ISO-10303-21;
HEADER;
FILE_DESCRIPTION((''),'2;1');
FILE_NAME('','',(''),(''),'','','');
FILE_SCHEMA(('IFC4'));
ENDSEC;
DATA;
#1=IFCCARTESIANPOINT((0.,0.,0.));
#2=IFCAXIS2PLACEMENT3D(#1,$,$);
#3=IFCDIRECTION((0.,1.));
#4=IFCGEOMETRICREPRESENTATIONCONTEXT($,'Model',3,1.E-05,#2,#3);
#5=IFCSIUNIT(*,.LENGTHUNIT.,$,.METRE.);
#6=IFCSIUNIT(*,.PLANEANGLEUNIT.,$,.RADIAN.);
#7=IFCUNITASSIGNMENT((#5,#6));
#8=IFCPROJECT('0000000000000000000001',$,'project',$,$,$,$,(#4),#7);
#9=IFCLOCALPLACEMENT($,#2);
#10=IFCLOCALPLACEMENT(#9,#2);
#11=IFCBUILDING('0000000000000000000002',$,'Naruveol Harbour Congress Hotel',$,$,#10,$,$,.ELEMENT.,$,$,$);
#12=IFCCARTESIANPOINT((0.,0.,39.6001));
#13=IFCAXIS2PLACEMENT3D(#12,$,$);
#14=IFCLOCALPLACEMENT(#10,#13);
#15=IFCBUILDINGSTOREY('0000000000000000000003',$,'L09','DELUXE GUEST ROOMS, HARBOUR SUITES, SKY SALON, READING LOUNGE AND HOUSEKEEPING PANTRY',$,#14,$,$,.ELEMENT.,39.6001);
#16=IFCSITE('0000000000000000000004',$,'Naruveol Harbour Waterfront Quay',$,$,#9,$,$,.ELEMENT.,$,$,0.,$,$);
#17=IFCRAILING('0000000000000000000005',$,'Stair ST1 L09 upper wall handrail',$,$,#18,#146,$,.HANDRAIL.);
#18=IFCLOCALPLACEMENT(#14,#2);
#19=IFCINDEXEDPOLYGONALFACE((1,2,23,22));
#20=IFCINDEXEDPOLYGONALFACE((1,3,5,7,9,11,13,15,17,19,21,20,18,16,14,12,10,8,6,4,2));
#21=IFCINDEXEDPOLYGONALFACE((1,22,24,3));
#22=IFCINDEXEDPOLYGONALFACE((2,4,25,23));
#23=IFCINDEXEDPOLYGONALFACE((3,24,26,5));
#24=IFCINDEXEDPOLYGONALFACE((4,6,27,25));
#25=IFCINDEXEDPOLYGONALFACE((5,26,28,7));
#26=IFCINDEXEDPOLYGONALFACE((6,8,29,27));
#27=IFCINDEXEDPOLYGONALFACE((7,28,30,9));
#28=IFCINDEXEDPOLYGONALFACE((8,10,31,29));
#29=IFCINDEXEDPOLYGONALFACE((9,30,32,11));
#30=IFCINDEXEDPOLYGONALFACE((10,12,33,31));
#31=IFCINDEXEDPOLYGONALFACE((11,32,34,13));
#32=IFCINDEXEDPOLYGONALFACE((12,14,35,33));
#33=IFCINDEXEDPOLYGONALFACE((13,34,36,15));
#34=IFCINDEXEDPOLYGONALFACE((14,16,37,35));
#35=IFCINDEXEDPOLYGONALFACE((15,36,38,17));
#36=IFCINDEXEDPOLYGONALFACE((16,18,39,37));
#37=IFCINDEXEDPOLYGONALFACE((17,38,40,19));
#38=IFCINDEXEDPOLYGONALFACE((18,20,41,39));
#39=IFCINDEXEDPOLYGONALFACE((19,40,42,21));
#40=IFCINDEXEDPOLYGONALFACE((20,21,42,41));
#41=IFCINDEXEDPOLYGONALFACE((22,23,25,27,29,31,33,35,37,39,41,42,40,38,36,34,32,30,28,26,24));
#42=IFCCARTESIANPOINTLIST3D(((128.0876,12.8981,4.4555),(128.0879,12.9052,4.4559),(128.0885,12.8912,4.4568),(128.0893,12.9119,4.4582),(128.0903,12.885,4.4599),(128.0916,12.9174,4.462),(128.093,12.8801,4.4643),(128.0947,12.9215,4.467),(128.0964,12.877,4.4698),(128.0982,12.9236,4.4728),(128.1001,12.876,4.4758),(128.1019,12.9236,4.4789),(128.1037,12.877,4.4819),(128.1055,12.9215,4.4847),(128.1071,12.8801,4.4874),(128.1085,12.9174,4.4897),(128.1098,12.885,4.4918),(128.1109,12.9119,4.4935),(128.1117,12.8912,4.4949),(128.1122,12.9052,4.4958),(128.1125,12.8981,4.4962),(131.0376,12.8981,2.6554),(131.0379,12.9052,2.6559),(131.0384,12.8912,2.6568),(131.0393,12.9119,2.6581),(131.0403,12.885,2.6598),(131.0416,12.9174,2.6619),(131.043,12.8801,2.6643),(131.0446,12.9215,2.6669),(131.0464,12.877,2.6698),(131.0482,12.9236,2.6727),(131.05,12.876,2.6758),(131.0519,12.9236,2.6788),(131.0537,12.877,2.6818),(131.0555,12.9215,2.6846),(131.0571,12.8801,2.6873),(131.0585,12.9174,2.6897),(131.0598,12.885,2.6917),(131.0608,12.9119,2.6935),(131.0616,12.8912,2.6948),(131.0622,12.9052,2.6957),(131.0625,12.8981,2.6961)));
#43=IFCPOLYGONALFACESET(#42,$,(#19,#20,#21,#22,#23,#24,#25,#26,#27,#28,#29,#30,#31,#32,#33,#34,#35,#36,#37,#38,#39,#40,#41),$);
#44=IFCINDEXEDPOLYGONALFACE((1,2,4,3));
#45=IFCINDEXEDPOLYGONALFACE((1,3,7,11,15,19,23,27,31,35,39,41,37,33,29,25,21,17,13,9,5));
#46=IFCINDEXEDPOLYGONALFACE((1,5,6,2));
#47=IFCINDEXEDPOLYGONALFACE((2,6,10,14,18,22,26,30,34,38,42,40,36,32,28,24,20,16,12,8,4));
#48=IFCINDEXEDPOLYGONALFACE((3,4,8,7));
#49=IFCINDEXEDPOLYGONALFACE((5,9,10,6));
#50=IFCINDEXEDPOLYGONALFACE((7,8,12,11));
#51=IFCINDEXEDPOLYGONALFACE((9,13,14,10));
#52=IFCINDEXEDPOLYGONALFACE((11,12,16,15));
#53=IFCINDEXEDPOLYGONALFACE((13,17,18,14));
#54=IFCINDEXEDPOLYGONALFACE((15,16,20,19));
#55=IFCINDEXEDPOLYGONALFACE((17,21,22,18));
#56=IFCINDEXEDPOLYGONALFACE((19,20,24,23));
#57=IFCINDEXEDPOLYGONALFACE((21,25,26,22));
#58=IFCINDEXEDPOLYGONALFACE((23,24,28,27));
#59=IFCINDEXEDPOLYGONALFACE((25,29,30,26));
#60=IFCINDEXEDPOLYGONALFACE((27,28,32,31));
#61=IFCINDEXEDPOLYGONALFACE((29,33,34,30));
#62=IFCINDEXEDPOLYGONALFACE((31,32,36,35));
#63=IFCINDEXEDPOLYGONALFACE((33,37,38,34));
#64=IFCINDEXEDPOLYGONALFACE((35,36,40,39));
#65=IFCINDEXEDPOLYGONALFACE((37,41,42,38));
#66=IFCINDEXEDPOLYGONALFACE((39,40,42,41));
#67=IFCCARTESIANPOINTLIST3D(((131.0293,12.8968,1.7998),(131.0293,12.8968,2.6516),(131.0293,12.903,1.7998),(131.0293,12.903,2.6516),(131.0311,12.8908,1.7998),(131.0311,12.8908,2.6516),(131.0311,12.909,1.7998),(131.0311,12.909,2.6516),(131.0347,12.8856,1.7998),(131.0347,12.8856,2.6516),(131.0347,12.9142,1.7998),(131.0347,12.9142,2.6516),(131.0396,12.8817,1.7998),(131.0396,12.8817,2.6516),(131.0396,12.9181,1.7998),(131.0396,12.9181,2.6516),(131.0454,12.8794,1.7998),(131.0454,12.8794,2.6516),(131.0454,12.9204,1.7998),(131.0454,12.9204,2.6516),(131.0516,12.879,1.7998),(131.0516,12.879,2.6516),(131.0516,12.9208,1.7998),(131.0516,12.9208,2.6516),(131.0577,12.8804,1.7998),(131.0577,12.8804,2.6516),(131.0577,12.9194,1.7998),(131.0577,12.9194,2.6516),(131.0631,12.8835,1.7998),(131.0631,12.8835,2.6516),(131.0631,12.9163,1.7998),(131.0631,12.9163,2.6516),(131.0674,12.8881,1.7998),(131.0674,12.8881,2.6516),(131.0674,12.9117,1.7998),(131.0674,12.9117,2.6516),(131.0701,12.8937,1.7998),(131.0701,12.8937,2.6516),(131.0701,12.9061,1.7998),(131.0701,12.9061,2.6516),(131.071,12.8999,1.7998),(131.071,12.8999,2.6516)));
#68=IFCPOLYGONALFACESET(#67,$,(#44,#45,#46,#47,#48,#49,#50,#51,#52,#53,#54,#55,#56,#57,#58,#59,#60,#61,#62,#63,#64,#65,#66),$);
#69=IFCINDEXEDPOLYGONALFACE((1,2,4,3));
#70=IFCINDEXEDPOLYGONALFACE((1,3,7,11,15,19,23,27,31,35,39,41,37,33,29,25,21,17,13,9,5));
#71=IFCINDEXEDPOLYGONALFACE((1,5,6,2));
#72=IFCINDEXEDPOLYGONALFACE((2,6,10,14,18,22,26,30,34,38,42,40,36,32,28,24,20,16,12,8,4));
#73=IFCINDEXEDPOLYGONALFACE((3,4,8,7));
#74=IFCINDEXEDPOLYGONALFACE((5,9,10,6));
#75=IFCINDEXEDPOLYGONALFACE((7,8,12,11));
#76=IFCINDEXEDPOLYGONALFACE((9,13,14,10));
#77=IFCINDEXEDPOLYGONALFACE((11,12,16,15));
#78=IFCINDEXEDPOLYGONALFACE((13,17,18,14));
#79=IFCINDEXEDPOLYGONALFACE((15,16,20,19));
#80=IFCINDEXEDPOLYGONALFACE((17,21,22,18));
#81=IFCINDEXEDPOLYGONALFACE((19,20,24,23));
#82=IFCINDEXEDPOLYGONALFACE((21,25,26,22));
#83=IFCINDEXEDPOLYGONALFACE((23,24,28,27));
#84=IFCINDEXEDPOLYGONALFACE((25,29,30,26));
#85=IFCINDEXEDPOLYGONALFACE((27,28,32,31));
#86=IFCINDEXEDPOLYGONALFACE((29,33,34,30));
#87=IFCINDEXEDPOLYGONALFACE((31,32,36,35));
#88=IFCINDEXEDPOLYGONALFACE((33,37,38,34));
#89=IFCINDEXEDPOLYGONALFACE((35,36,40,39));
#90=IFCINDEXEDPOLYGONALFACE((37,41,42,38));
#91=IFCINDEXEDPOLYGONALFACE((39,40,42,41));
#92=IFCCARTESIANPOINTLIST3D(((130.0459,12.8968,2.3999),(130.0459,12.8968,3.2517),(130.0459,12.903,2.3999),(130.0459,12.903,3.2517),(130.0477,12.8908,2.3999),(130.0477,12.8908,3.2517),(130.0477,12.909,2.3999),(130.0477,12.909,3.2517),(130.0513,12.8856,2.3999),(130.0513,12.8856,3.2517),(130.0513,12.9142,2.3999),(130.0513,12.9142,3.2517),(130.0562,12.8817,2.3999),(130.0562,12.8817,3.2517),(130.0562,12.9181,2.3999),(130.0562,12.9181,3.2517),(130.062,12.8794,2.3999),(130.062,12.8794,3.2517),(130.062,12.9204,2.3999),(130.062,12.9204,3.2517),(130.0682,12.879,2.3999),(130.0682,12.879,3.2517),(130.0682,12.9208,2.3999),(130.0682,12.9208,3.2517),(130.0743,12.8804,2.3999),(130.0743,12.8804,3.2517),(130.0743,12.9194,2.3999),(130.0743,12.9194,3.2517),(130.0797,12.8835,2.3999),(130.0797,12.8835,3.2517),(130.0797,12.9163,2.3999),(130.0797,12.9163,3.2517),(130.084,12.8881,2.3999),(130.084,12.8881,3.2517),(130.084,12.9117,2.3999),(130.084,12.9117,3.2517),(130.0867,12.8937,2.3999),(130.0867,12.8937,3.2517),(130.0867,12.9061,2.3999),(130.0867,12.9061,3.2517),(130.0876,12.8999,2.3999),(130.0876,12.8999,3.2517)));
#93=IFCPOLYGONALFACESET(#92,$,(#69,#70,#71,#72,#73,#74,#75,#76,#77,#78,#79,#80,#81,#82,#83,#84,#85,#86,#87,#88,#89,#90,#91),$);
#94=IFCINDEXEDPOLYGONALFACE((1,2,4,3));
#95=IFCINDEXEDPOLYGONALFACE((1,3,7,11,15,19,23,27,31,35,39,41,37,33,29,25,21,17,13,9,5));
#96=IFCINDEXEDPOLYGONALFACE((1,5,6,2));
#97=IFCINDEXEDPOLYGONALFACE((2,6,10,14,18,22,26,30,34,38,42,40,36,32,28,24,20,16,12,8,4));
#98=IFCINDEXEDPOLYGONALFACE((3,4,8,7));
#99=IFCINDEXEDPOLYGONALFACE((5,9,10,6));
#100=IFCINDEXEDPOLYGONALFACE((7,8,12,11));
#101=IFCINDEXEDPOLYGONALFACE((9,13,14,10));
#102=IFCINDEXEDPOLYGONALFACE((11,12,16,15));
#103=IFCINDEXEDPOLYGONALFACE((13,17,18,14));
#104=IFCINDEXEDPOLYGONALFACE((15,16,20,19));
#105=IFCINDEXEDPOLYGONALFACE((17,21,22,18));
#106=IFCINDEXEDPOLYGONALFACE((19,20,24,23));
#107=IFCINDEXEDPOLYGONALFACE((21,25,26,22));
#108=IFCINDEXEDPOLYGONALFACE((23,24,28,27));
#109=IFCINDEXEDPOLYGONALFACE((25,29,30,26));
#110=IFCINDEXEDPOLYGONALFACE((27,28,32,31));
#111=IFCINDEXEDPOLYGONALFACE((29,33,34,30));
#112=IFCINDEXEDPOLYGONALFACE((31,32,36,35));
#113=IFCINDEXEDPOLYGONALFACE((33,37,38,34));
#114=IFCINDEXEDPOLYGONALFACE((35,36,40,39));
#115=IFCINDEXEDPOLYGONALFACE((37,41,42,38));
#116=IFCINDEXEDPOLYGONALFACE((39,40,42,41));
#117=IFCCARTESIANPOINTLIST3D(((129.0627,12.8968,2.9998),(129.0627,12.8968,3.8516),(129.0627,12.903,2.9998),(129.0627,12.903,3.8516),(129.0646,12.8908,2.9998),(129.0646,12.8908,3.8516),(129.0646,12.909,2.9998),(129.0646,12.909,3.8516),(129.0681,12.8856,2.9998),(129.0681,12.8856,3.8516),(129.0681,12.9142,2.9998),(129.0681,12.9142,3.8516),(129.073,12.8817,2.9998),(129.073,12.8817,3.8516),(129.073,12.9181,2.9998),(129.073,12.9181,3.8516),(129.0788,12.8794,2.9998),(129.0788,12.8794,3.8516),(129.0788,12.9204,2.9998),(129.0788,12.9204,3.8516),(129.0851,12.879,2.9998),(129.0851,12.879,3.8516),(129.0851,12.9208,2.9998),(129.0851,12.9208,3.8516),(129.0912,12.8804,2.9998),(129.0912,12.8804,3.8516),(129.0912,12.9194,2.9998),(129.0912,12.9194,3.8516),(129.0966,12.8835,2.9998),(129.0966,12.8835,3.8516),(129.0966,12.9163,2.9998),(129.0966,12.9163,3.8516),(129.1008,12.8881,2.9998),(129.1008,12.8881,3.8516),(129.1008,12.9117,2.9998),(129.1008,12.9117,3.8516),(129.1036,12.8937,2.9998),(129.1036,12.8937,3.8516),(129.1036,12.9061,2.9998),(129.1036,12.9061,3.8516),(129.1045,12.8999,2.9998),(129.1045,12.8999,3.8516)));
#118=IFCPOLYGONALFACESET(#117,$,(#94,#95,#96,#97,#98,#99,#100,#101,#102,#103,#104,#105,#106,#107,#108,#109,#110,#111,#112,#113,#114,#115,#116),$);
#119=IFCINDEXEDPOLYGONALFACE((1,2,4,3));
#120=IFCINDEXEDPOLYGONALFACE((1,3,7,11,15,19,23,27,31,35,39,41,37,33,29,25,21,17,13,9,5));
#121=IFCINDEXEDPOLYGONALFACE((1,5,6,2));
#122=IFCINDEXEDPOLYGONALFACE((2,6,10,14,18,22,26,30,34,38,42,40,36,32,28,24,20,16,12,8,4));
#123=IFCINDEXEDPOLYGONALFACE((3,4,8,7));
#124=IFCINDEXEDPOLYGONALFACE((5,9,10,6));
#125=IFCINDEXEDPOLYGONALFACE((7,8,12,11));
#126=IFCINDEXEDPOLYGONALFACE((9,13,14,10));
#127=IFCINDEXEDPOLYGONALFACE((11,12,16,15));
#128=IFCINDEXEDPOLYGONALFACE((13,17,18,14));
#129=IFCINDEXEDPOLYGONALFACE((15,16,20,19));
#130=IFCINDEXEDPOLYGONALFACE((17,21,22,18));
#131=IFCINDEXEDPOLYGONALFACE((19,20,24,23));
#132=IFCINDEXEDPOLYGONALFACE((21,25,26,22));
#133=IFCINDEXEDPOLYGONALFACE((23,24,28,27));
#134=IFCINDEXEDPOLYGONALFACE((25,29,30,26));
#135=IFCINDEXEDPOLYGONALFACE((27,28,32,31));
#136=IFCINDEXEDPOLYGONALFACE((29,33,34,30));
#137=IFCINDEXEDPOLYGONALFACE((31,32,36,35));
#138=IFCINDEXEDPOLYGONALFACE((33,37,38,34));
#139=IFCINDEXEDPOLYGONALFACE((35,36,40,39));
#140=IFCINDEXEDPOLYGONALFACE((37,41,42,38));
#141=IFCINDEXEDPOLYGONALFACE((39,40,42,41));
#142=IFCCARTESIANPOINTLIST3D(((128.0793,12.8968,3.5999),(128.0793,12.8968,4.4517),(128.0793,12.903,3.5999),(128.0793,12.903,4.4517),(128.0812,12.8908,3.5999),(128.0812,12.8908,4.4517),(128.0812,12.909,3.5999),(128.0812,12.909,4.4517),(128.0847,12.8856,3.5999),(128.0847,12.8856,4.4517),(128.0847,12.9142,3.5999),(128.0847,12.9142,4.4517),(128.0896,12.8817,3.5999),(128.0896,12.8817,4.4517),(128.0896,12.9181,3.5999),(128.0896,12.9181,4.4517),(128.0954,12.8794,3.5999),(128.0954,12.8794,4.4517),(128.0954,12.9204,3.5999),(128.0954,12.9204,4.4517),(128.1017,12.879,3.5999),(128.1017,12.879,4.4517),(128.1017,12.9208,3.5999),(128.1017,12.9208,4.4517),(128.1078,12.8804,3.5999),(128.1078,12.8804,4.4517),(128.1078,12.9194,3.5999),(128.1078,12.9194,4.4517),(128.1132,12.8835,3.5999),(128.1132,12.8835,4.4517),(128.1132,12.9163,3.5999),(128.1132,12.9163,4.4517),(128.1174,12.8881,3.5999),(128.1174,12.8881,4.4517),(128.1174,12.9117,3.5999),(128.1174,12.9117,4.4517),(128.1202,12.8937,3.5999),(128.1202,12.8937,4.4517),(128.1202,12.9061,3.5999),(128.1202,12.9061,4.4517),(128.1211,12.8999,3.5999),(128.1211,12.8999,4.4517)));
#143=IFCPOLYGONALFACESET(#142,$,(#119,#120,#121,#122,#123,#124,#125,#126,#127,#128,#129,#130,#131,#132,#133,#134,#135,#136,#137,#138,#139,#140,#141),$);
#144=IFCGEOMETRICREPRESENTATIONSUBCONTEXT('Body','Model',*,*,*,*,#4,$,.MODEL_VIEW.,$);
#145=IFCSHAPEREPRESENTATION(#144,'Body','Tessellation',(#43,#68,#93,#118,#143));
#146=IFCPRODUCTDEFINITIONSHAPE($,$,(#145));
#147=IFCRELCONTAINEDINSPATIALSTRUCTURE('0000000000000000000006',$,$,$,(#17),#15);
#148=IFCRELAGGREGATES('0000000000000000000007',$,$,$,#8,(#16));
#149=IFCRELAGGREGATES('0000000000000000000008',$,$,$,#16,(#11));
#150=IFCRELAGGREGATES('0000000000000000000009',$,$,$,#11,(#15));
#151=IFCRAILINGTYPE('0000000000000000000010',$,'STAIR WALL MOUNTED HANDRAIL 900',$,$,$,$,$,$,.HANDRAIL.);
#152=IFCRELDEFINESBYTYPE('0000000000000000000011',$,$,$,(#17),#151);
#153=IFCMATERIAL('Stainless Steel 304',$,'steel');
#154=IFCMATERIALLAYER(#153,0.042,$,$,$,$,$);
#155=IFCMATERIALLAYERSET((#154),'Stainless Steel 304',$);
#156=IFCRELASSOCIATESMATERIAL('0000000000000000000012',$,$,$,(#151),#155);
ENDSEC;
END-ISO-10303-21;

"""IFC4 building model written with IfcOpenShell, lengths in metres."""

from ifc_helpers import new_model, si_unit, direction, frame, origin, origin_2d, place, context, subcontext, project, spatial, circle, extrude, material, layer, layer_set, type_object, element, save


model = new_model("IFC4")

# Units and contexts
model_context = context("Model", 3, precision=1e-05, world=origin(), true_north=direction((0.0, 1.0)))
body_context = subcontext(model_context, "Body", "Model", "MODEL_VIEW")
ifc_project = project(units=[si_unit("LENGTHUNIT", "METRE"), si_unit("PLANEANGLEUNIT", "RADIAN")], contexts=[model_context])

# Site, building, storey
site_placement = place(None, origin())
site = spatial("IfcSite", under=ifc_project, at=site_placement, Name="Naruveol Harbour Waterfront Quay", CompositionType="ELEMENT", RefElevation=0.0)
building_placement = place(site_placement, origin())
building = spatial("IfcBuilding", under=site, at=building_placement, Name="Naruveol Harbour Congress Hotel", CompositionType="ELEMENT")
storey_placement = place(building_placement, frame((0.0, 0.0, 39.6001)))
storey = spatial("IfcBuildingStorey", under=building, at=storey_placement, Name="L09", Description="DELUXE GUEST ROOMS, HARBOUR SUITES, SKY SALON, READING LOUNGE AND HOUSEKEEPING PANTRY", CompositionType="ELEMENT", Elevation=39.6001)

# Railing
ifc_material_1 = material(Name="Stainless Steel 304", Category="steel")
ifc_layer_1 = layer(ifc_material_1, 0.042)
ifc_layer_set_1 = layer_set([ifc_layer_1], Name="Stainless Steel 304")
railing_type_1 = type_object("IfcRailingType", Name="STAIR WALL MOUNTED HANDRAIL 900", PredefinedType="HANDRAIL", material=ifc_layer_set_1)
railing_1_placement = place(storey_placement, frame((131.05, 12.8999, 1.7998)))
element("IfcRailing", 1, at=railing_1_placement, inside=storey, type_object=railing_type_1, Name="Stair ST1 L09 upper wall handrail", PredefinedType="HANDRAIL", context=body_context, shape_type="SweptSolid", body=[
    extrude(circle(Radius=0.0239, at=origin_2d()), frame((0.0, 0.0, 0.876), z_axis=(-0.853629, 0.0, 0.520881), x_axis=(0.0, -1.0, 0.0)), (0.0, 0.0, 1.0), 3.4558),
    extrude(circle(Radius=0.021, at=origin_2d()), origin(), (0.0, 0.0, 1.0), 0.8518),
    extrude(circle(Radius=0.021, at=origin_2d()), frame((-0.9834, 0.0, 0.6001)), (0.0, 0.0, 1.0), 0.8518),
    extrude(circle(Radius=0.021, at=origin_2d()), frame((-1.9666, 0.0, 1.2)), (0.0, 0.0, 1.0), 0.8518),
    extrude(circle(Radius=0.021, at=origin_2d()), frame((-2.95, 0.0, 1.8)), (0.0, 0.0, 1.0), 0.8518),
])

save(model, "model.ifc")
